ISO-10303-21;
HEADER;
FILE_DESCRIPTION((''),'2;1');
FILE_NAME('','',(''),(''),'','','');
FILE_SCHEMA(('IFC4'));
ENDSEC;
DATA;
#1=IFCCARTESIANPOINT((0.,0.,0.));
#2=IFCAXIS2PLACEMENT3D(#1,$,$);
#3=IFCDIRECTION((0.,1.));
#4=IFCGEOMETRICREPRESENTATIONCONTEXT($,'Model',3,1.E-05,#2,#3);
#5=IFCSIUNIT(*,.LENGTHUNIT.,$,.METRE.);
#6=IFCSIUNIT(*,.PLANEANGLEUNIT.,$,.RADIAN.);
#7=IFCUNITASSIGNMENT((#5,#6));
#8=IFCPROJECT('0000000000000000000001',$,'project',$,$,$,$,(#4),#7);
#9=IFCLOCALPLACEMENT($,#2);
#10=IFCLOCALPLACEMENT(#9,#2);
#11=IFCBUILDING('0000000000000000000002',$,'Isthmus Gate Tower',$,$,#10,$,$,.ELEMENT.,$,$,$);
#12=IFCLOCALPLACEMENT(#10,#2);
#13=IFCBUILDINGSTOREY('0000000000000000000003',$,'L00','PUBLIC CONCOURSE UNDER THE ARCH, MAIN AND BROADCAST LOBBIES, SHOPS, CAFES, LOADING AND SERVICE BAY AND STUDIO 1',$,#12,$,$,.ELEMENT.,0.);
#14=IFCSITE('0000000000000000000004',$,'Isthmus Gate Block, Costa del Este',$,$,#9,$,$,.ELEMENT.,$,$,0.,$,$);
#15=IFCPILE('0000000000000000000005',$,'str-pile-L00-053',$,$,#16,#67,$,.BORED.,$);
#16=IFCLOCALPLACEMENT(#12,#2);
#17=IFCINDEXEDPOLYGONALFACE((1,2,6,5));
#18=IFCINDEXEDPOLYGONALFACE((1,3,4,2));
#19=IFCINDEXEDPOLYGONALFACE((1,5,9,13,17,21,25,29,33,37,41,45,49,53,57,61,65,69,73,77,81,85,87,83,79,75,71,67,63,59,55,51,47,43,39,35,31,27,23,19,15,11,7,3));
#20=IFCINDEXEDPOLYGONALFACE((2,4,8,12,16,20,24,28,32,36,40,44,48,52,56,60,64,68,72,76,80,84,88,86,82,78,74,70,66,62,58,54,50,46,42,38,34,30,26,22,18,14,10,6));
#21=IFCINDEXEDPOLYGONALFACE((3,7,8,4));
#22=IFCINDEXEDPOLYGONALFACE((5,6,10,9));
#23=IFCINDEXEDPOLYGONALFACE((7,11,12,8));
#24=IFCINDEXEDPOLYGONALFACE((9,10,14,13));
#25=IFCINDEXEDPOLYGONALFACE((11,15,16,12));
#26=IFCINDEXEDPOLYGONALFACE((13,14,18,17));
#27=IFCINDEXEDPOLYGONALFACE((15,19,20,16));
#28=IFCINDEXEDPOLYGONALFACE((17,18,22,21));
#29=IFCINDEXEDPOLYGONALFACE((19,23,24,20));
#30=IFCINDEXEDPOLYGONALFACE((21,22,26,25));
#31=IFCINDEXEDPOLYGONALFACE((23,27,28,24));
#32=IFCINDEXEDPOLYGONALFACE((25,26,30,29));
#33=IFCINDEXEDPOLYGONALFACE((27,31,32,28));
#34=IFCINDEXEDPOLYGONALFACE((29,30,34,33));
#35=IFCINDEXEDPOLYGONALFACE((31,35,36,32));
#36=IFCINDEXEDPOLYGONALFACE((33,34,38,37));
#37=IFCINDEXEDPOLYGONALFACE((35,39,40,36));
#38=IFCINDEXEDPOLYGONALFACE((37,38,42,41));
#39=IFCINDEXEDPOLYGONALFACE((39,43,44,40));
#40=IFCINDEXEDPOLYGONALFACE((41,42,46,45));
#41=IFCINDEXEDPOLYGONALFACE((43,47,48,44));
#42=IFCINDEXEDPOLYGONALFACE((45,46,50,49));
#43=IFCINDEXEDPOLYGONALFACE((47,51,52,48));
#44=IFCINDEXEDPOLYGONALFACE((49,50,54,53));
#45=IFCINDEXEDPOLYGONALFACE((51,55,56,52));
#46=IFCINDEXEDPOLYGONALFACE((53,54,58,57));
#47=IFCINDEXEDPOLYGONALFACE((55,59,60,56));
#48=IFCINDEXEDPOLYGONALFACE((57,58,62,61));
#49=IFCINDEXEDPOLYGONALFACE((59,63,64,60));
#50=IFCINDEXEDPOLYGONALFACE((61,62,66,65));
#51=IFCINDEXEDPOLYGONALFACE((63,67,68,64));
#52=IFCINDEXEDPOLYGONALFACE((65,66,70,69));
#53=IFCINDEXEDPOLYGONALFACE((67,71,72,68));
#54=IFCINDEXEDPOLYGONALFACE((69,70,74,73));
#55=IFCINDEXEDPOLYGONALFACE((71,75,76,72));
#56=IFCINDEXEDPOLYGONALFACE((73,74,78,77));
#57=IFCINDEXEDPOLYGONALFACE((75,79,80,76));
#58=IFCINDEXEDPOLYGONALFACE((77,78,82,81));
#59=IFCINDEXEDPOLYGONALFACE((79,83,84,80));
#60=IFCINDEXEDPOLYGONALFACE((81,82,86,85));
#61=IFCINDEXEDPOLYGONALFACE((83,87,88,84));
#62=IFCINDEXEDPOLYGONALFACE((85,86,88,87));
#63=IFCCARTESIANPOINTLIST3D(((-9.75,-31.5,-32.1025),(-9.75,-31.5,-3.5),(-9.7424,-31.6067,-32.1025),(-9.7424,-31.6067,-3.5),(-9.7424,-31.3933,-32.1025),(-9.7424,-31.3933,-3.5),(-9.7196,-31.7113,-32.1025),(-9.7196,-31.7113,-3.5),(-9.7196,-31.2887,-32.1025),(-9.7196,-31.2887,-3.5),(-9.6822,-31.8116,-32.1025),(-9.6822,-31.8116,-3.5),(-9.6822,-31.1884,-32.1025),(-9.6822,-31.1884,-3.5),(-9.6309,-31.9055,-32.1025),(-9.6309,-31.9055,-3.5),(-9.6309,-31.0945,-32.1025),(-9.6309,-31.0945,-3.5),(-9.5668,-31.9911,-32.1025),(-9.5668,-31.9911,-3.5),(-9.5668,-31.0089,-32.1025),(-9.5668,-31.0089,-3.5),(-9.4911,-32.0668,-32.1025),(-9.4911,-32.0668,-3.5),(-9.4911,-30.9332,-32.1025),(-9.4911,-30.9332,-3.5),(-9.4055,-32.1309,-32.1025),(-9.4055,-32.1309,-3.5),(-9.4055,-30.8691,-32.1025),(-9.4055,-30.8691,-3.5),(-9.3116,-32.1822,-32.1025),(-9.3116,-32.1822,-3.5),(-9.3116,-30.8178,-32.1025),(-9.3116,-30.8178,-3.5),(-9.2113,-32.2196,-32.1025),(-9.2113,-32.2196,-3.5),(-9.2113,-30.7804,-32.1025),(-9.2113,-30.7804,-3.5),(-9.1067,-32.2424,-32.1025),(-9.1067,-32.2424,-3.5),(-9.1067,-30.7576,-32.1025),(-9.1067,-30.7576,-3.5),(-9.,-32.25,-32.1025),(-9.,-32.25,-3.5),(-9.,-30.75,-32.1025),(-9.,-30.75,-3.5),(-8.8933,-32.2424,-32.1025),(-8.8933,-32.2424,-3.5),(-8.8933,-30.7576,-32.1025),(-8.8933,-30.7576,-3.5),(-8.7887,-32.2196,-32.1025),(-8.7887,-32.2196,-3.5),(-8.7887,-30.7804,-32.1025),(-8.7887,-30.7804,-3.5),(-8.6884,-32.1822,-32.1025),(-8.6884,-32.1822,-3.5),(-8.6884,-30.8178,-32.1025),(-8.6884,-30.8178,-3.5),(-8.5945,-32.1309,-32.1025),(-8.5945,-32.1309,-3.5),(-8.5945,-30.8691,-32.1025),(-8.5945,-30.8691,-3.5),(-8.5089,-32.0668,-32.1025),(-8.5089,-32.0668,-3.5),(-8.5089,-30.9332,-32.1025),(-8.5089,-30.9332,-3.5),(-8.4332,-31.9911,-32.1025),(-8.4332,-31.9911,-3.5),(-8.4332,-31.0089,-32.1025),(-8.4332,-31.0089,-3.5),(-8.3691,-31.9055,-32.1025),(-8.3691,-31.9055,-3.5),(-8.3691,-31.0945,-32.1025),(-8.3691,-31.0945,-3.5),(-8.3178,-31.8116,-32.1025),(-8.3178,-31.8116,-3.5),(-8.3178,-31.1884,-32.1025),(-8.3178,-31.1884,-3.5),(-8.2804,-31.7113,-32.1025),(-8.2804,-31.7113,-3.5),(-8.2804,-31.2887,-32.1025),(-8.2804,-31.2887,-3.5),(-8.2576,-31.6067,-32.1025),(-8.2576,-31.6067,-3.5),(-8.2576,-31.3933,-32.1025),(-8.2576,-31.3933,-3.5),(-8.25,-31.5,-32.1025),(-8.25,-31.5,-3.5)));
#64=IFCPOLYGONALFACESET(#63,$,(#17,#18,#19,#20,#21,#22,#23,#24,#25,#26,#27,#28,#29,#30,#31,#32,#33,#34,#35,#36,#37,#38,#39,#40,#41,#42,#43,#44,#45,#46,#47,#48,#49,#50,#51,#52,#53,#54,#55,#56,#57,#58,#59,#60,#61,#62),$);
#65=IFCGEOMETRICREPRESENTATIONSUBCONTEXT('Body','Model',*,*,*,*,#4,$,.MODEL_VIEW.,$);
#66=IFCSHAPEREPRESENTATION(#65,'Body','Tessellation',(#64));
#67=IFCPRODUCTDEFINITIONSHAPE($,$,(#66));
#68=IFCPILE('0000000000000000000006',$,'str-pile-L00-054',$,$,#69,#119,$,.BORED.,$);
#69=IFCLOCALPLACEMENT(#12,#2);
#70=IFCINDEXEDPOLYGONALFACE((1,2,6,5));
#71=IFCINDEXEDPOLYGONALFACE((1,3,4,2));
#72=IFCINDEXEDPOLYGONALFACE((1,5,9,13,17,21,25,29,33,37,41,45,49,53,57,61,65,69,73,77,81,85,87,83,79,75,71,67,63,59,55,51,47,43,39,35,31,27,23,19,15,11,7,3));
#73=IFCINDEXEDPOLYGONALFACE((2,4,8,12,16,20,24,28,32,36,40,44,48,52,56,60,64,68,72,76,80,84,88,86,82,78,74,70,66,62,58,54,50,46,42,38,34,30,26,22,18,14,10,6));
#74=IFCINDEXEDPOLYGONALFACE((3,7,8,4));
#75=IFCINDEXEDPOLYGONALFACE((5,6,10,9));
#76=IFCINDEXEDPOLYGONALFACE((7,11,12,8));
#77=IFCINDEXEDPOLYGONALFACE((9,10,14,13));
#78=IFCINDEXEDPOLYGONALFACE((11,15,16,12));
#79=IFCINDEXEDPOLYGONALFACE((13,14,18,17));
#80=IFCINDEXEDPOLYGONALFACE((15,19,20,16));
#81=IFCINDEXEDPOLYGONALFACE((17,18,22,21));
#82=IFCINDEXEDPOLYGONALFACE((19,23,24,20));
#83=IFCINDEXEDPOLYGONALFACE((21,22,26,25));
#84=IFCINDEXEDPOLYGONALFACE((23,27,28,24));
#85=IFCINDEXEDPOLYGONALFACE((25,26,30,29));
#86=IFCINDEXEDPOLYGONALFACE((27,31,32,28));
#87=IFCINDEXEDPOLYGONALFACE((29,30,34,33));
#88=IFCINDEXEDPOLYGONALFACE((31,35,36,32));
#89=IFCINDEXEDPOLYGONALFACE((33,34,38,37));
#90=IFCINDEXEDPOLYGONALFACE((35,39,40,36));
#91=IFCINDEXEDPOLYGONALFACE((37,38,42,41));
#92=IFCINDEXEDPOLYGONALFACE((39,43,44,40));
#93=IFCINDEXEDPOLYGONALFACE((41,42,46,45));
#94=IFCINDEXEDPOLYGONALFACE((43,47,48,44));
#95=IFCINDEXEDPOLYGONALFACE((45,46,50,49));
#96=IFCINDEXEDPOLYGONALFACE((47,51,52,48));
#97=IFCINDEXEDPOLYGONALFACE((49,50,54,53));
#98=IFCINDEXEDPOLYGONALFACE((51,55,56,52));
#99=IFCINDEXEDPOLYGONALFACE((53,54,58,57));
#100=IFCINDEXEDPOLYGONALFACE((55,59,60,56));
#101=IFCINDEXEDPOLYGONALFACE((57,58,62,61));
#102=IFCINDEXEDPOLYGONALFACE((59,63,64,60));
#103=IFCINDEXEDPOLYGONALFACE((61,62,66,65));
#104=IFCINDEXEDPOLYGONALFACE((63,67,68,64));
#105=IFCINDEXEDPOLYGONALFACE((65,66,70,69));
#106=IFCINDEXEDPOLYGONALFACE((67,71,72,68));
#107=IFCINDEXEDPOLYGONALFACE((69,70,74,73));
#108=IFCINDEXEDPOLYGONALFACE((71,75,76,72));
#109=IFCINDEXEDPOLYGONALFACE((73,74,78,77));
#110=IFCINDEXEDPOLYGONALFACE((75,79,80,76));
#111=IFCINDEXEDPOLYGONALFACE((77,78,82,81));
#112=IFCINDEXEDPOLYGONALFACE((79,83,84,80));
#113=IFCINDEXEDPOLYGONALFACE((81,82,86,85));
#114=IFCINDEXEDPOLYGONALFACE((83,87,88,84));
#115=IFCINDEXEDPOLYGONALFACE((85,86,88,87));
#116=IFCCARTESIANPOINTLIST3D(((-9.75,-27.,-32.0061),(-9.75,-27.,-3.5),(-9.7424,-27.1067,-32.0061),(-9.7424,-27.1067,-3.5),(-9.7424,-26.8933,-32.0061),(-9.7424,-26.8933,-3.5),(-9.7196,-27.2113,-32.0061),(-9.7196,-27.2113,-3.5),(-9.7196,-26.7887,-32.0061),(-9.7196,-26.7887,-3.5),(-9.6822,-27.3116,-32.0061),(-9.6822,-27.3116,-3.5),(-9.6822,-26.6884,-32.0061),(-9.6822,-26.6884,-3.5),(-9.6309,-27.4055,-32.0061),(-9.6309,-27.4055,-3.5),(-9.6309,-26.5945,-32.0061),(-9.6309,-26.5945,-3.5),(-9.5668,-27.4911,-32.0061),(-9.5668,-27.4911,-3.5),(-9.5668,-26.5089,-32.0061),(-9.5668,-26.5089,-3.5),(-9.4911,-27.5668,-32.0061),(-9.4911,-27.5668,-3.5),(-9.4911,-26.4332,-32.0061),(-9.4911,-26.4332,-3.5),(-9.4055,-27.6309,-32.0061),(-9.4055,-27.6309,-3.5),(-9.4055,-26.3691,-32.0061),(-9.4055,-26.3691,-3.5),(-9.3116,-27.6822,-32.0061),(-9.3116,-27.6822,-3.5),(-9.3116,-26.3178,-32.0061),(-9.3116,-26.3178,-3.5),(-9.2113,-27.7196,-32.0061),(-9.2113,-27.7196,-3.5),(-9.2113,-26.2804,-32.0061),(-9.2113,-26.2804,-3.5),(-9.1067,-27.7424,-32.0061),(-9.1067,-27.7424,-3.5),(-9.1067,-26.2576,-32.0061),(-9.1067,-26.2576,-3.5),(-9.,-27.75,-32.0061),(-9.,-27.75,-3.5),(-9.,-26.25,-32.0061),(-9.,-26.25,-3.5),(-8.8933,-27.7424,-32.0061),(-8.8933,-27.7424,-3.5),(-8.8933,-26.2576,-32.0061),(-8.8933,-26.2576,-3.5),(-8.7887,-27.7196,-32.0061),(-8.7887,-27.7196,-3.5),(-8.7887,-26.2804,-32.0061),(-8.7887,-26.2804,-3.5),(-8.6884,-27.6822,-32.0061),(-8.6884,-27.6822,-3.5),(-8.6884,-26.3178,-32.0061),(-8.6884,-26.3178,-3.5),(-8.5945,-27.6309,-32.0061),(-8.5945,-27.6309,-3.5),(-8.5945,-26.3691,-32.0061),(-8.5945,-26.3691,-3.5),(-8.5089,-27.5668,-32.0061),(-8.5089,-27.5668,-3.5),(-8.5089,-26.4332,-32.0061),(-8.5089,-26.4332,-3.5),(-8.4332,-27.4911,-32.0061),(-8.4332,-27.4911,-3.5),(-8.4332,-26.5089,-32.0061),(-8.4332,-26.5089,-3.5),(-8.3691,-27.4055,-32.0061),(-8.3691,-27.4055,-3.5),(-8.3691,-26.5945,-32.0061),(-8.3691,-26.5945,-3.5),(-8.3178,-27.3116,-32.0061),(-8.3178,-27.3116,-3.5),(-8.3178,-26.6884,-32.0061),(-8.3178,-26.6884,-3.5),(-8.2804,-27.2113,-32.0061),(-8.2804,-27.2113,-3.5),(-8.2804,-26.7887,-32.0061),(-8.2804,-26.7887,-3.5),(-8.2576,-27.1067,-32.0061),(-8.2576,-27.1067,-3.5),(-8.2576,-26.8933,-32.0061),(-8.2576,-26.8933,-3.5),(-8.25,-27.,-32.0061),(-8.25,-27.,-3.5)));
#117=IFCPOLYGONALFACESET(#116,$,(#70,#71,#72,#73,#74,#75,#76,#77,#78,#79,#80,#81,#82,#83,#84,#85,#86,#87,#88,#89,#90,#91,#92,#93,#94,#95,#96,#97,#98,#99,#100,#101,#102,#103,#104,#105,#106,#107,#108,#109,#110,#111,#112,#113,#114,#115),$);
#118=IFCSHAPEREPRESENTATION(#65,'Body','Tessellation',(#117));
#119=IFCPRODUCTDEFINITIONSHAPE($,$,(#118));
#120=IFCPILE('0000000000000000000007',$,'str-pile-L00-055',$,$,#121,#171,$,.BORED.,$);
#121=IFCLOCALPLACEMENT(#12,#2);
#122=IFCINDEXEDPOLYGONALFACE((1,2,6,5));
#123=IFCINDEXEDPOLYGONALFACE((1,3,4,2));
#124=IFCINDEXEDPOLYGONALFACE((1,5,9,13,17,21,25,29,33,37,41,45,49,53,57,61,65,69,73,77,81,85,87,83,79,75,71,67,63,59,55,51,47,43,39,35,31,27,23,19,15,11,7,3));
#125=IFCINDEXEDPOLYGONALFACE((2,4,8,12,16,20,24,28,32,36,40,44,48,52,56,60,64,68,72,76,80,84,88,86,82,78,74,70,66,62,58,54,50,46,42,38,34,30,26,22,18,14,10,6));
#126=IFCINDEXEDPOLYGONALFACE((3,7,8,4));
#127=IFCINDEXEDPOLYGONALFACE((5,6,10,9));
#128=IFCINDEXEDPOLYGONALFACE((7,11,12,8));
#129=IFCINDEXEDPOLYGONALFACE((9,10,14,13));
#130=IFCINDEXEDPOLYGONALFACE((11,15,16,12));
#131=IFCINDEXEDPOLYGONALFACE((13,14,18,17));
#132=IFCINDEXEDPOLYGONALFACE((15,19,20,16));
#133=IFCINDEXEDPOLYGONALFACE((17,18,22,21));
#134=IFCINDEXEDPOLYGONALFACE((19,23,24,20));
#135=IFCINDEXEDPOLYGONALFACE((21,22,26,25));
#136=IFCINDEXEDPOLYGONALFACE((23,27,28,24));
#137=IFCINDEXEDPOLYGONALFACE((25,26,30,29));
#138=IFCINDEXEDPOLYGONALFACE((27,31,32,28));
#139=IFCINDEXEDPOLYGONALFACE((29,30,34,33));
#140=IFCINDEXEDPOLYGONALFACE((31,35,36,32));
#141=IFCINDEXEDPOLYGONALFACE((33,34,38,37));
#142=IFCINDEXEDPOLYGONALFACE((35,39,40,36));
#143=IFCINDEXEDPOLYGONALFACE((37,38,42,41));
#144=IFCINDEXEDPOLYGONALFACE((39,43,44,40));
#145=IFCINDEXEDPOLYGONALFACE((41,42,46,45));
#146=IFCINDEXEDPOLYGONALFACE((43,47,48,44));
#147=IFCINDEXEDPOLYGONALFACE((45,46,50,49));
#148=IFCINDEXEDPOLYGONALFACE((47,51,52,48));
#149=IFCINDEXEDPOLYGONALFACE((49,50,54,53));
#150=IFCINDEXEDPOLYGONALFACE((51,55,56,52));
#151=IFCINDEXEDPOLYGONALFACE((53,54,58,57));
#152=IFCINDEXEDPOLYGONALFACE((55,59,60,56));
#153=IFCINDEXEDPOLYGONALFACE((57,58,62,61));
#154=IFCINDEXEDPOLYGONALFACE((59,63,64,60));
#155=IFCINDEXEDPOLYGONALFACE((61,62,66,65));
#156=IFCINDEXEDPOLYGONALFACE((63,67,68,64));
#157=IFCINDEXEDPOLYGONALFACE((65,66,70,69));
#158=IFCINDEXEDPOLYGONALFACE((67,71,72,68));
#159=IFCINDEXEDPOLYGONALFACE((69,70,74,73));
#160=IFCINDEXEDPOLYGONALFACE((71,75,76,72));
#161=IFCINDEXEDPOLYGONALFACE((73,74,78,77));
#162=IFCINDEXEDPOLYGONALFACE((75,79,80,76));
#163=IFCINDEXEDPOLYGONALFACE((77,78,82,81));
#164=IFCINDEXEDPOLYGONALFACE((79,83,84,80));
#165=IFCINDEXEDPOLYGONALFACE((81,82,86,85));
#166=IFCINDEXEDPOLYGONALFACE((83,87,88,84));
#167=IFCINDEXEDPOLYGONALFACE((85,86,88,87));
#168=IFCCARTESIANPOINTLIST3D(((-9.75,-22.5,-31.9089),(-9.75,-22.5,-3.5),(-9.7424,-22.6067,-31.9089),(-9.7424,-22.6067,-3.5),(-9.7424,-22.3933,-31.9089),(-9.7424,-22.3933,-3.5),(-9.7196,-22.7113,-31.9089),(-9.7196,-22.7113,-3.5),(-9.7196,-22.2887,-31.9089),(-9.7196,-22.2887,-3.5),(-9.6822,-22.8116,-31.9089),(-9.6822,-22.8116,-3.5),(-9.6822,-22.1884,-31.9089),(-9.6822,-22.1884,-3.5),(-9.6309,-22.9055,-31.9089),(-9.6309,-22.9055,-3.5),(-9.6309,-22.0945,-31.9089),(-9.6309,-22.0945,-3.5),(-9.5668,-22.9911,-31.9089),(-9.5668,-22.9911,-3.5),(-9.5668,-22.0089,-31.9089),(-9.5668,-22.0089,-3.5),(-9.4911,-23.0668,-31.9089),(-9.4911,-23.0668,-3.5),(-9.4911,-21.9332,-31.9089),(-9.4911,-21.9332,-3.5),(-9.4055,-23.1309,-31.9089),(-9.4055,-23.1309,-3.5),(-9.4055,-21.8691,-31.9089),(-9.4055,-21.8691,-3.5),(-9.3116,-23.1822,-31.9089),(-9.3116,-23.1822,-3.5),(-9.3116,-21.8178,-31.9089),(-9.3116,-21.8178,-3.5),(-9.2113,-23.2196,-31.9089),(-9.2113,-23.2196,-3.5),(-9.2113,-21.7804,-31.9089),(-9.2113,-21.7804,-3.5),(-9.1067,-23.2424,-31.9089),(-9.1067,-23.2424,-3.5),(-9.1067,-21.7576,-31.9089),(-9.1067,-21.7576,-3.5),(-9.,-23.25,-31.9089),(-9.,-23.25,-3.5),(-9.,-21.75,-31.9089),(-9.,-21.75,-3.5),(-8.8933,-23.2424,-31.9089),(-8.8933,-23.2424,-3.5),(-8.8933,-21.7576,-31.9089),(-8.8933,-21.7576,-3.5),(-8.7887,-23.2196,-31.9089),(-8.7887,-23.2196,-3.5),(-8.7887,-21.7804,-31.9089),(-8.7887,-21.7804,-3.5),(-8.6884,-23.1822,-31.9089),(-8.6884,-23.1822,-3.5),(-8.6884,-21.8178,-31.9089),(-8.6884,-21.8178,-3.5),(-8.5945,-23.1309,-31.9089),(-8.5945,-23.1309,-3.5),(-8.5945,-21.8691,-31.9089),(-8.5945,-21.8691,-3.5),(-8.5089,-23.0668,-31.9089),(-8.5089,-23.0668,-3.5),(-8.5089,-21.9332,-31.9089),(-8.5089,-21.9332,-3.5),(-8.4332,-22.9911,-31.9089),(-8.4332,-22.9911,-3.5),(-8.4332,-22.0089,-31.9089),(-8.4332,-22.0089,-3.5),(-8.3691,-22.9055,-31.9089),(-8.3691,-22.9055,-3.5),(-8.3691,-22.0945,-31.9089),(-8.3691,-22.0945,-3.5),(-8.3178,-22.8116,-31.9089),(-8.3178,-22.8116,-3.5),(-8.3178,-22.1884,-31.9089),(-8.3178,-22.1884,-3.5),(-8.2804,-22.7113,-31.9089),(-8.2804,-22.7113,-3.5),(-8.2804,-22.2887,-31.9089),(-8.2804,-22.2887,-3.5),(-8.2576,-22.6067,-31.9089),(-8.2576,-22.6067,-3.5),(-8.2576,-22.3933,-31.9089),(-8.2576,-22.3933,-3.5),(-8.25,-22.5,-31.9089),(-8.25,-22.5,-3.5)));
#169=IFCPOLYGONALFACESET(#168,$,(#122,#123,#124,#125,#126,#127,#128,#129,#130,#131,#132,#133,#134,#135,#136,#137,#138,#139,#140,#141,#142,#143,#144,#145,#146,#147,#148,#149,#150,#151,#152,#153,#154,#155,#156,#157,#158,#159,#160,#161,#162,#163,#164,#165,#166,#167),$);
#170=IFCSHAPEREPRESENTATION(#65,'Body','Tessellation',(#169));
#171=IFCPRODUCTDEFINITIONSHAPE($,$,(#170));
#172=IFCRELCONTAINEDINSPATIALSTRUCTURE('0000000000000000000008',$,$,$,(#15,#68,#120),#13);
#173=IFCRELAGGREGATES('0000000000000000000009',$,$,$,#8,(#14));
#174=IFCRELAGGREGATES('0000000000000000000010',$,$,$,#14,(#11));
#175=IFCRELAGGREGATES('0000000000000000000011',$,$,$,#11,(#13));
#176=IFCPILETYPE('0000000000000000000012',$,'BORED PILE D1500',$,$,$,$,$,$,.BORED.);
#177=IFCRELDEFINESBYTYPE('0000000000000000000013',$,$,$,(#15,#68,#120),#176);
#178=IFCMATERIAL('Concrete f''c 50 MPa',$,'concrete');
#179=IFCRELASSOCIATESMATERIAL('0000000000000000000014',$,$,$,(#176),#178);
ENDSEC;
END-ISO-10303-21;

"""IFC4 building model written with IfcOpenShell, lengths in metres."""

from ifc_helpers import new_model, si_unit, direction, frame, origin, origin_2d, place, context, subcontext, project, spatial, circle, extrude, material, material_profile, profile_set, type_object, element, save


model = new_model("IFC4")

# Units and contexts
model_context = context("Model", 3, precision=1e-05, world=origin(), true_north=direction((0.0, 1.0)))
body_context = subcontext(model_context, "Body", "Model", "MODEL_VIEW")
ifc_project = project(units=[si_unit("LENGTHUNIT", "METRE"), si_unit("PLANEANGLEUNIT", "RADIAN")], contexts=[model_context])

# Site, building, storey
site_placement = place(None, origin())
site = spatial("IfcSite", under=ifc_project, at=site_placement, Name="Isthmus Gate Block, Costa del Este", CompositionType="ELEMENT", RefElevation=0.0)
building_placement = place(site_placement, origin())
building = spatial("IfcBuilding", under=site, at=building_placement, Name="Isthmus Gate Tower", CompositionType="ELEMENT")
storey_placement = place(building_placement, origin())
storey = spatial("IfcBuildingStorey", under=building, at=storey_placement, Name="L00", Description="PUBLIC CONCOURSE UNDER THE ARCH, MAIN AND BROADCAST LOBBIES, SHOPS, CAFES, LOADING AND SERVICE BAY AND STUDIO 1", CompositionType="ELEMENT", Elevation=0.0)

# Piles
ifc_material_1 = material(Name="Concrete f'c 50 MPa", Category="concrete")
ifc_material_profile_1 = material_profile(ifc_material_1, circle(Radius=0.75, at=origin_2d()), Name="D1500")
ifc_profile_set_1 = profile_set([ifc_material_profile_1], Name="Concrete f'c 50 MPa")
pile_type_1 = type_object("IfcPileType", Name="BORED PILE D1500", PredefinedType="BORED", material=ifc_profile_set_1)
pile_1_placement = place(storey_placement, frame((-9.0, -31.5, -3.5), z_axis=(0.0, 0.0, -1.0), x_axis=(1.0, 0.0, 0.0)))
element("IfcPile", 1, at=pile_1_placement, inside=storey, type_object=pile_type_1, Name="str-pile-L00-053", PredefinedType="BORED", context=body_context, shape_type="SweptSolid", body=[
    extrude(circle(Radius=0.75, at=origin_2d()), origin(), (0.0, 0.0, 1.0), 28.6025),
])
pile_2_placement = place(storey_placement, frame((-9.0, -27.0, -3.5), z_axis=(0.0, 0.0, -1.0), x_axis=(1.0, 0.0, 0.0)))
element("IfcPile", 2, at=pile_2_placement, inside=storey, type_object=pile_type_1, Name="str-pile-L00-054", PredefinedType="BORED", context=body_context, shape_type="SweptSolid", body=[
    extrude(circle(Radius=0.75, at=origin_2d()), origin(), (0.0, 0.0, 1.0), 28.5061),
])
pile_3_placement = place(storey_placement, frame((-9.0, -22.5, -3.5), z_axis=(0.0, 0.0, -1.0), x_axis=(1.0, 0.0, 0.0)))
element("IfcPile", 3, at=pile_3_placement, inside=storey, type_object=pile_type_1, Name="str-pile-L00-055", PredefinedType="BORED", context=body_context, shape_type="SweptSolid", body=[
    extrude(circle(Radius=0.75, at=origin_2d()), origin(), (0.0, 0.0, 1.0), 28.4089),
])

save(model, "model.ifc")
